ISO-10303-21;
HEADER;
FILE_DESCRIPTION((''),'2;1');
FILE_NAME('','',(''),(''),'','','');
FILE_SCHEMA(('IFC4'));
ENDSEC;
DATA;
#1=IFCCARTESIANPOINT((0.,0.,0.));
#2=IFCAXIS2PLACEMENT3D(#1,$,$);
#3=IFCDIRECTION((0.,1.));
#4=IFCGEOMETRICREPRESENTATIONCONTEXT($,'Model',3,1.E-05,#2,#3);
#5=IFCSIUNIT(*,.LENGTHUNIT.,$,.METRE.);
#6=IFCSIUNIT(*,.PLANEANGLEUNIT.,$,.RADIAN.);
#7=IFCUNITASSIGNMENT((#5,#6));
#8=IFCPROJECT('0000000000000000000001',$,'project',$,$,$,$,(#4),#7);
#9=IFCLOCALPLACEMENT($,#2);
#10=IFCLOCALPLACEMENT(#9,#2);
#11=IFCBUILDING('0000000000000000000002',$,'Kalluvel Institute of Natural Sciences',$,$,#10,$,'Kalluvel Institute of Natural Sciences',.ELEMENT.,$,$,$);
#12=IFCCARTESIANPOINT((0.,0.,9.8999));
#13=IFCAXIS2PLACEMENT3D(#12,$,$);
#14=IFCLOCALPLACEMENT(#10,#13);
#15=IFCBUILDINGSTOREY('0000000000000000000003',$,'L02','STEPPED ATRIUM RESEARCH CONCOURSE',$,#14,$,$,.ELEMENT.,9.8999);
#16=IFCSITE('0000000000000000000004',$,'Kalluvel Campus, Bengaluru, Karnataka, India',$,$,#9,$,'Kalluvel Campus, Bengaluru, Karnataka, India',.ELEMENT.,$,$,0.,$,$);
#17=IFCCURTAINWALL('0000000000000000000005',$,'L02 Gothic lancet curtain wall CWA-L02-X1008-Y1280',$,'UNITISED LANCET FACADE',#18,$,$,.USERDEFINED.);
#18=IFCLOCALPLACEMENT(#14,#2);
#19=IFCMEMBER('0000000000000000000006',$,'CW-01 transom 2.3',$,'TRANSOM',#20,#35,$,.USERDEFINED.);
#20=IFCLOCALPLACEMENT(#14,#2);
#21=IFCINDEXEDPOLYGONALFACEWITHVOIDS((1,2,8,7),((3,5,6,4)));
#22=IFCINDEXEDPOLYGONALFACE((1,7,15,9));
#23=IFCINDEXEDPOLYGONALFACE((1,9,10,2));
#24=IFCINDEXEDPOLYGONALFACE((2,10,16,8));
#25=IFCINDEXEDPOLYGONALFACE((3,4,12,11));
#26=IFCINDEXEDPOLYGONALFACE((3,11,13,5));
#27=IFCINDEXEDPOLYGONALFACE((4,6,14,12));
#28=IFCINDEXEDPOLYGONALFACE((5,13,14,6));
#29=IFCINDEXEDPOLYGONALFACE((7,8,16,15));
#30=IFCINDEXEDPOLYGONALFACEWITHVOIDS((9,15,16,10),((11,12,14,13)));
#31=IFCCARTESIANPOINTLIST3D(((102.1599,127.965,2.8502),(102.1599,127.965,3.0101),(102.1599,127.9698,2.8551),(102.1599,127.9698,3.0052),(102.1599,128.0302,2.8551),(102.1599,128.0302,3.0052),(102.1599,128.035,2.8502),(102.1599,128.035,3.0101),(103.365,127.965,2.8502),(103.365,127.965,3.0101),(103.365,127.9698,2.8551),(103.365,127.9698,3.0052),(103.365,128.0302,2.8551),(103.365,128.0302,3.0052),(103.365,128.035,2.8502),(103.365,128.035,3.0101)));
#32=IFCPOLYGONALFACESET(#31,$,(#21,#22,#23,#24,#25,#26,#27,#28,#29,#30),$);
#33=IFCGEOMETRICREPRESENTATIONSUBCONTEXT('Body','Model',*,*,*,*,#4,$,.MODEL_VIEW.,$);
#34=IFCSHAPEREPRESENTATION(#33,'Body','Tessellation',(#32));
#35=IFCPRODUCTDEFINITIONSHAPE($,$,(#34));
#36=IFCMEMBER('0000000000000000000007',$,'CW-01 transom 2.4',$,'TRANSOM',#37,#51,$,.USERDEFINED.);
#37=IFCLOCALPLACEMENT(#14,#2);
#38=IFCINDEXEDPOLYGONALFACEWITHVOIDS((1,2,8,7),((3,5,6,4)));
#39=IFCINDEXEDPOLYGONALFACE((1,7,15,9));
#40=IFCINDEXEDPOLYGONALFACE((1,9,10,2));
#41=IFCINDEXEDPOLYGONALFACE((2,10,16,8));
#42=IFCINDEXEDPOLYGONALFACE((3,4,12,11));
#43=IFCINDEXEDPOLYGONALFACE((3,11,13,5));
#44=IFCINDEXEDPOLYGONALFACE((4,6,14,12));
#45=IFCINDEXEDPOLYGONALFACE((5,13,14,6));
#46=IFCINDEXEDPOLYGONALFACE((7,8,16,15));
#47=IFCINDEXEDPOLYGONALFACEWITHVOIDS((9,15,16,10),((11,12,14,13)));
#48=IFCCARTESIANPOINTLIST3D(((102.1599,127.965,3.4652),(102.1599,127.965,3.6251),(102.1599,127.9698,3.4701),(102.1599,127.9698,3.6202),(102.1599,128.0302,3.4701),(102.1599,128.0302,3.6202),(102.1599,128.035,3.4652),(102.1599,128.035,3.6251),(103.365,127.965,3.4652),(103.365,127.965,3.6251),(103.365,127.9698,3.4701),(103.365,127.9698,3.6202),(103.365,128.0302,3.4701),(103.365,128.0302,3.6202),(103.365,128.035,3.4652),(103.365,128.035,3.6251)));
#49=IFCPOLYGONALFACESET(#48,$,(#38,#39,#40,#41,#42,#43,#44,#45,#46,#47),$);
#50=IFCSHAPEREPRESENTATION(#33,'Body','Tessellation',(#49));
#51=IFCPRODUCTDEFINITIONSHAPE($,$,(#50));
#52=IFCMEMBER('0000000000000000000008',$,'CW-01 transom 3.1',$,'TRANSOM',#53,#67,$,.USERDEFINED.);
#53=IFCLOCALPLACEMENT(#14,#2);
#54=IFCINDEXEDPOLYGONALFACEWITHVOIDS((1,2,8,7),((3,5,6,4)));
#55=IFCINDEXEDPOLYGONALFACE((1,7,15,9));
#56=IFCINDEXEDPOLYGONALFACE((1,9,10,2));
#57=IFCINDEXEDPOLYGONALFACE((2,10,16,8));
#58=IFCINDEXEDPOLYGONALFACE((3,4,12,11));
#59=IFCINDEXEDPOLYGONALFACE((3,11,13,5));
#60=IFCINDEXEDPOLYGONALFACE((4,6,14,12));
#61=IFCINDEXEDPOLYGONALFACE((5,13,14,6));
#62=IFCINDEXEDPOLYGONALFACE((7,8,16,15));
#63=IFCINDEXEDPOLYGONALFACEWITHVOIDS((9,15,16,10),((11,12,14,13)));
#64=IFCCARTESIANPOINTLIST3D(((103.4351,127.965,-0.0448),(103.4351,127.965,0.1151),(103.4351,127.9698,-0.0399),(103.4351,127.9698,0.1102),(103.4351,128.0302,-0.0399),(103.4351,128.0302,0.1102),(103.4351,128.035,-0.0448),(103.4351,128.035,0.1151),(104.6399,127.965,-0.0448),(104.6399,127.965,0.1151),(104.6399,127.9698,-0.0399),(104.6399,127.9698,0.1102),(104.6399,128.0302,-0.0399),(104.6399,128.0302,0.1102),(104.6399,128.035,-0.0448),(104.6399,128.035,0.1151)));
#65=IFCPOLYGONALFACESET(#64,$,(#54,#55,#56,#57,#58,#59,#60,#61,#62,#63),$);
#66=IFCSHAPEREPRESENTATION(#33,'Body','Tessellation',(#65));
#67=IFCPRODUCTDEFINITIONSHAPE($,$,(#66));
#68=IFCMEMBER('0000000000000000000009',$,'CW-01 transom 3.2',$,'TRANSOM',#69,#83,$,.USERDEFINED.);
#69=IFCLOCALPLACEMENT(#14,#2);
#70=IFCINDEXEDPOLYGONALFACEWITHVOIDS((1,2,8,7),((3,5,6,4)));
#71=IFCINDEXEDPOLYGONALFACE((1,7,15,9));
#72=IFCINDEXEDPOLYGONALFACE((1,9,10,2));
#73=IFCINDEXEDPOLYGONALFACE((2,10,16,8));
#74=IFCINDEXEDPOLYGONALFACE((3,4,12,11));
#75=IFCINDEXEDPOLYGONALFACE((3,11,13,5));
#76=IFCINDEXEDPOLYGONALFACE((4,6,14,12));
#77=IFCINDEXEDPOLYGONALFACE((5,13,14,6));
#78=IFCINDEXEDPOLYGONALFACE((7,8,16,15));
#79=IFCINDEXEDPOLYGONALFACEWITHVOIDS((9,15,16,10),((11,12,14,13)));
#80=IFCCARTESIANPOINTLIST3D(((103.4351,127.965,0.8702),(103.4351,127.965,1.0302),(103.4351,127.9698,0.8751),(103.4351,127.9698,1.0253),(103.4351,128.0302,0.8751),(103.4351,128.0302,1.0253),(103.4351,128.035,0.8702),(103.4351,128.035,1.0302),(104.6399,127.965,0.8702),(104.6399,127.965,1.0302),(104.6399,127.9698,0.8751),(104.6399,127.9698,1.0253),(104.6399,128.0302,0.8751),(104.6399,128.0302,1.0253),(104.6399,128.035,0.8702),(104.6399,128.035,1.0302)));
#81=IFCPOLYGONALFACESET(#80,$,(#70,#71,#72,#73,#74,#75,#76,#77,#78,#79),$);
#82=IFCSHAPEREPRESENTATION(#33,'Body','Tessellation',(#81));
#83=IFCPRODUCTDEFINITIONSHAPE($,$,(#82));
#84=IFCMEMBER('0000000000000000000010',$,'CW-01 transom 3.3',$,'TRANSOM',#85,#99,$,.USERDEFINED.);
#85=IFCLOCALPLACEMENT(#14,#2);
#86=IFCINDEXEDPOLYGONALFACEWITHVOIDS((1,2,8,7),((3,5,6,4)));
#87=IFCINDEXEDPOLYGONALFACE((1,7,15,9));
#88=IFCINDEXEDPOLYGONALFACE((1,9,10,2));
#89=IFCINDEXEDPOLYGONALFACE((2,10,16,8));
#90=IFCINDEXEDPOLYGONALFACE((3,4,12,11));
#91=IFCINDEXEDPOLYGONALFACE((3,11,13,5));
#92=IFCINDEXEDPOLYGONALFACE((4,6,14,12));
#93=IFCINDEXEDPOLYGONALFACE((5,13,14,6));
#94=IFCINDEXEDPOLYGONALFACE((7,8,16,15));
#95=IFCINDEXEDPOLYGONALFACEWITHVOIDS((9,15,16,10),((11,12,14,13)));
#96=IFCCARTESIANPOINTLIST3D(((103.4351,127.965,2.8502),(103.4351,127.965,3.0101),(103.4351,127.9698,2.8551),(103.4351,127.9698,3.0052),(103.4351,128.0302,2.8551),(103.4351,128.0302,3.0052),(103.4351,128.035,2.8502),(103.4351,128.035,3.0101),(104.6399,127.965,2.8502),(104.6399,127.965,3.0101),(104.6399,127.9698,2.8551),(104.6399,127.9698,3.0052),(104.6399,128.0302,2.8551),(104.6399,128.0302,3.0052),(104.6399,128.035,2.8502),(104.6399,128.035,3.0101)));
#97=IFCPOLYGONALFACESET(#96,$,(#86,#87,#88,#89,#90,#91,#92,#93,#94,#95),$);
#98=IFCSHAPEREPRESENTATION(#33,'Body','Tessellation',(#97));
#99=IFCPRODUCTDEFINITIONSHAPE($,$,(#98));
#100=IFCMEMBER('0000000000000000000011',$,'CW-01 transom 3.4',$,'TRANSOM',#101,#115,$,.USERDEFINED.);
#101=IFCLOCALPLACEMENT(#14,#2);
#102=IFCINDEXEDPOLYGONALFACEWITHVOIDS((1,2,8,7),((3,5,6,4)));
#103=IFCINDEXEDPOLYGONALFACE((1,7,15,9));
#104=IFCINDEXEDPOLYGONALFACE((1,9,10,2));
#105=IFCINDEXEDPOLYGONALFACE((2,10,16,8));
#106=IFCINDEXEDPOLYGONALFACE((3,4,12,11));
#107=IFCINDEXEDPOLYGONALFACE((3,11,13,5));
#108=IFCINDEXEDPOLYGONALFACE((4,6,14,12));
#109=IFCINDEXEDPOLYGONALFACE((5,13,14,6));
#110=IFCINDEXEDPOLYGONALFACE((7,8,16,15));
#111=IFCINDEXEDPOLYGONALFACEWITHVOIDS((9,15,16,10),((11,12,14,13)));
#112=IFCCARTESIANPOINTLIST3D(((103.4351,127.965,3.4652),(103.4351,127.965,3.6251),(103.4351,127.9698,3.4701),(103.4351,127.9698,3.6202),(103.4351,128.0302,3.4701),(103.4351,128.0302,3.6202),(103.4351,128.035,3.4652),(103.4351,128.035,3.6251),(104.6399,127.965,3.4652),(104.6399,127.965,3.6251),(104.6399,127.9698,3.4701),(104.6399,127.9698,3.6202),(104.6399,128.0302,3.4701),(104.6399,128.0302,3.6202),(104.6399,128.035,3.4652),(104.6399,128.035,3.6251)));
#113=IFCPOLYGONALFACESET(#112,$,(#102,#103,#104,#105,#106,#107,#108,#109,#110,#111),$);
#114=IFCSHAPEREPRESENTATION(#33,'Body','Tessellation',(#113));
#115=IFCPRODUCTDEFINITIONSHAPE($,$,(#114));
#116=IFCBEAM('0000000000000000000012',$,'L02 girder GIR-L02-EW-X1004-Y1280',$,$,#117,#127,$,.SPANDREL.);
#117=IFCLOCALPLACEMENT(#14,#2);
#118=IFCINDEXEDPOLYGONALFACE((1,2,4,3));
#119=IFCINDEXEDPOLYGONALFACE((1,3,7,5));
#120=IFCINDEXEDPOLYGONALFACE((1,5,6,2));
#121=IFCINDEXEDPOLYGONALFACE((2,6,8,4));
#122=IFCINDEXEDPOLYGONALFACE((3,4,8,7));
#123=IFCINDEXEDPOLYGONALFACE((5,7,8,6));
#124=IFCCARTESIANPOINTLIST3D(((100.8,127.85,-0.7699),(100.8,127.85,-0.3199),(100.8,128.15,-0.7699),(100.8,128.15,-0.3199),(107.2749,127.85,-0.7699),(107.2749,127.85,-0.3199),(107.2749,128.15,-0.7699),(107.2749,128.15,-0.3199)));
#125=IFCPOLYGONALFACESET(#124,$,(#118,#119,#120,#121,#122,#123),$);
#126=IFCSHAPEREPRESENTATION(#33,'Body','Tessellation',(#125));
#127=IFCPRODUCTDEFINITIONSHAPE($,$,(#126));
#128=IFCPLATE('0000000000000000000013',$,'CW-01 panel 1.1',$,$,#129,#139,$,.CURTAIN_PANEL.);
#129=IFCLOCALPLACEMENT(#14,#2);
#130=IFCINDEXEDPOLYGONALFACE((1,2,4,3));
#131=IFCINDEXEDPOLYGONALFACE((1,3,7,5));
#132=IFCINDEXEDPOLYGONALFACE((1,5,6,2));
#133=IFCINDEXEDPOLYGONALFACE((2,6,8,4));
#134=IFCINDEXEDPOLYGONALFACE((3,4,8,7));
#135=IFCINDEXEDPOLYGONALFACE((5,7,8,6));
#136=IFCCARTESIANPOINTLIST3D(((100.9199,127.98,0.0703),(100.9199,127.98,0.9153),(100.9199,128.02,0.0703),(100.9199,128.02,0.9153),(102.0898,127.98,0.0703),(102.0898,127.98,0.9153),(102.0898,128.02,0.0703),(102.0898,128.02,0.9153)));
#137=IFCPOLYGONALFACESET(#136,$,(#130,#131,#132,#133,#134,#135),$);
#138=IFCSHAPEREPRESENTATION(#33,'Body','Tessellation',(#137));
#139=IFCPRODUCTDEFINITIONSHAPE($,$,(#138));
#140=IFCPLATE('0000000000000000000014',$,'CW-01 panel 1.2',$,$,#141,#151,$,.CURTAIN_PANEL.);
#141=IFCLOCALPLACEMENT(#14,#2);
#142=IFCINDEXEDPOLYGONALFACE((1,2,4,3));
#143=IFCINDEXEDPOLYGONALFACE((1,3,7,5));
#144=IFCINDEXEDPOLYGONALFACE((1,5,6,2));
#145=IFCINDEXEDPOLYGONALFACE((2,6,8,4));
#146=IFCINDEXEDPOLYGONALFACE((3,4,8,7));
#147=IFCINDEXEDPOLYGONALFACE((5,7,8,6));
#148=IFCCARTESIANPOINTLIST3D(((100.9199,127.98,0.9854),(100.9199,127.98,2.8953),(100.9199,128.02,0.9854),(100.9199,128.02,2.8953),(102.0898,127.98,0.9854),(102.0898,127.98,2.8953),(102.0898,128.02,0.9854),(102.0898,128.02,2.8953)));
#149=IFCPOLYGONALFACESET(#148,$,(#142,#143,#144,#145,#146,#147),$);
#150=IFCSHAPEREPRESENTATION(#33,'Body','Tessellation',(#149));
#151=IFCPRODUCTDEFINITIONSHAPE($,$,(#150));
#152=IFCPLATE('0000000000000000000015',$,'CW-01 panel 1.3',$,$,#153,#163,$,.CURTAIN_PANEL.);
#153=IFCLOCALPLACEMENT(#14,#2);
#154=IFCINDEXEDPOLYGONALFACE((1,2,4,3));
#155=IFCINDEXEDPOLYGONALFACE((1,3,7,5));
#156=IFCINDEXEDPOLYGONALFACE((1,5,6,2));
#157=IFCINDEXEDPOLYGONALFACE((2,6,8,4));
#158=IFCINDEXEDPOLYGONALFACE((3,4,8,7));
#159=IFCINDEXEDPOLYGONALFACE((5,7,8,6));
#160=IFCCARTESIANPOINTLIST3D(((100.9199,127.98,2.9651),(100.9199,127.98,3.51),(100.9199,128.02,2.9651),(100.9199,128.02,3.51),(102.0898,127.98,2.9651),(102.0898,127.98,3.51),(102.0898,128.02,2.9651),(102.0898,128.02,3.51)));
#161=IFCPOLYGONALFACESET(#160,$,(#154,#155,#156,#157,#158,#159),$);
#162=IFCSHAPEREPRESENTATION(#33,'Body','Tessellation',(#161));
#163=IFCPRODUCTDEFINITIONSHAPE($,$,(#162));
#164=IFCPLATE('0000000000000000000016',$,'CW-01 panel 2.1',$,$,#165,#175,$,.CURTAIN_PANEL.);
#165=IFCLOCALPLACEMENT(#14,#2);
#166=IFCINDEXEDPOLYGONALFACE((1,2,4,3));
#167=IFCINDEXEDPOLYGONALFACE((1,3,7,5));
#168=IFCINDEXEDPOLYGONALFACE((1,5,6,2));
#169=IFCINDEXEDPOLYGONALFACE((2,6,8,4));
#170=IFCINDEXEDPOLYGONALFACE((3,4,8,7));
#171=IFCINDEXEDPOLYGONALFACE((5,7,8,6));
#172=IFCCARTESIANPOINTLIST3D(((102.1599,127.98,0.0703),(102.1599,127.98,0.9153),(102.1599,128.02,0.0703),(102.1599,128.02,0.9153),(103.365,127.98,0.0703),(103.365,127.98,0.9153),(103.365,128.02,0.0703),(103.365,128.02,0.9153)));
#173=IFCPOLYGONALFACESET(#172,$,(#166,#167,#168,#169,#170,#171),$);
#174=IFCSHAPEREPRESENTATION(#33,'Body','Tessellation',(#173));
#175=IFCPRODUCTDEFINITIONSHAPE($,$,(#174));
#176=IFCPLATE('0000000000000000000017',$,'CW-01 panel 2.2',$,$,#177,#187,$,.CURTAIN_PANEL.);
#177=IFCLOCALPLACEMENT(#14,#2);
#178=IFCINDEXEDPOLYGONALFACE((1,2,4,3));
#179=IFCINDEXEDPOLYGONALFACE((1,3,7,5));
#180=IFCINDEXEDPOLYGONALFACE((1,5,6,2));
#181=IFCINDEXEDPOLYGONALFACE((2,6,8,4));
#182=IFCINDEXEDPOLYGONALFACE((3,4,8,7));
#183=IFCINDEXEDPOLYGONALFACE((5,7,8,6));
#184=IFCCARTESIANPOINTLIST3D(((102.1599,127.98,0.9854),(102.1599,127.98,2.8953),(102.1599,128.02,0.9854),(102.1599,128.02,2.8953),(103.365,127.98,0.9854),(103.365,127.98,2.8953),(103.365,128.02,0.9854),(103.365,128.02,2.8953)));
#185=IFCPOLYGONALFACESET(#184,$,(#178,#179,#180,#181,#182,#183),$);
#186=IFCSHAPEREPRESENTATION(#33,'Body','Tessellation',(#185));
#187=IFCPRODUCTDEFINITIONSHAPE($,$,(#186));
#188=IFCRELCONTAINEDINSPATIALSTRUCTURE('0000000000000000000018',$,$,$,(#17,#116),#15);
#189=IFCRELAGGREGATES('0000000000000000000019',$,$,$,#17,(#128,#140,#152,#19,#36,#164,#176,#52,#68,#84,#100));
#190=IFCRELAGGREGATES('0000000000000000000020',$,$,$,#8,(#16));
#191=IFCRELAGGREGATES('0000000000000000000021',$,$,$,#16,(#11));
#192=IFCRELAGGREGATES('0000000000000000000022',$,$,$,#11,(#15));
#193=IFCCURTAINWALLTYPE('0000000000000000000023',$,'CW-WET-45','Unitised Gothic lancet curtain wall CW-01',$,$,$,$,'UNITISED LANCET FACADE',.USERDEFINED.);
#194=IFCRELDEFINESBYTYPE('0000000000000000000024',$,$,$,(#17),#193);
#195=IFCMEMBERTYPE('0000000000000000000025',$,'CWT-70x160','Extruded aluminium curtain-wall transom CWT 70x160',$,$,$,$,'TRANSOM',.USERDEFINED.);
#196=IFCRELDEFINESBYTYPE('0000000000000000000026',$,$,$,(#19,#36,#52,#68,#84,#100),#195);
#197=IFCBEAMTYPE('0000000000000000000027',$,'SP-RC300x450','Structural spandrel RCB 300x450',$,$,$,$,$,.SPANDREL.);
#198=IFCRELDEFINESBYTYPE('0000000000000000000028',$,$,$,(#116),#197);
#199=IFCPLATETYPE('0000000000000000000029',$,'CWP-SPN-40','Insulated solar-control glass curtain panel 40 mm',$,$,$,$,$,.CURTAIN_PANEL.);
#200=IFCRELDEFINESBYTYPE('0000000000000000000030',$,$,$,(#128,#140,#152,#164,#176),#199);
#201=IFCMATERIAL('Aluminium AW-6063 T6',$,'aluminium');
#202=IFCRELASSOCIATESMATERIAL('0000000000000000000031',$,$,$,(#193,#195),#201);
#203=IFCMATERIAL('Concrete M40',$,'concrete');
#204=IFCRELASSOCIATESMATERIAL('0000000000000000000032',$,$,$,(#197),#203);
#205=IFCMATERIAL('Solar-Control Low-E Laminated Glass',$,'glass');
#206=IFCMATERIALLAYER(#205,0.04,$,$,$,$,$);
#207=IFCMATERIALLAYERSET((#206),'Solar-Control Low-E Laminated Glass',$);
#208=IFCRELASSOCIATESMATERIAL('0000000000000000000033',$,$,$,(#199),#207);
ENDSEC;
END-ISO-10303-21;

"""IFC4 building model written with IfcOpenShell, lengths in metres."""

from ifc_helpers import new_model, si_unit, direction, frame, origin, origin_2d, place, context, subcontext, project, spatial, rectangle, hollow_rectangle, extrude, material, layer, layer_set, material_profile, profile_set, type_object, element, aggregate, save


model = new_model("IFC4")

# Units and contexts
model_context = context("Model", 3, precision=1e-05, world=origin(), true_north=direction((0.0, 1.0)))
body_context = subcontext(model_context, "Body", "Model", "MODEL_VIEW")
ifc_project = project(units=[si_unit("LENGTHUNIT", "METRE"), si_unit("PLANEANGLEUNIT", "RADIAN")], contexts=[model_context])

# Site, building, storey
site_placement = place(None, origin())
site = spatial("IfcSite", under=ifc_project, at=site_placement, Name="Kalluvel Campus, Bengaluru, Karnataka, India", LongName="Kalluvel Campus, Bengaluru, Karnataka, India", CompositionType="ELEMENT", RefElevation=0.0)
building_placement = place(site_placement, origin())
building = spatial("IfcBuilding", under=site, at=building_placement, Name="Kalluvel Institute of Natural Sciences", LongName="Kalluvel Institute of Natural Sciences", CompositionType="ELEMENT")
storey_placement = place(building_placement, frame((0.0, 0.0, 9.8999)))
storey = spatial("IfcBuildingStorey", under=building, at=storey_placement, Name="L02", Description="STEPPED ATRIUM RESEARCH CONCOURSE", CompositionType="ELEMENT", Elevation=9.8999)

# Curtain wall, members
ifc_material_1 = material(Name="Aluminium AW-6063 T6", Category="aluminium")
curtain_wall_type = type_object("IfcCurtainWallType", Name="CW-WET-45", Description="Unitised Gothic lancet curtain wall CW-01", ElementType="UNITISED LANCET FACADE", PredefinedType="USERDEFINED", material=ifc_material_1)
curtain_wall_placement = place(storey_placement, origin())
curtain_wall = element("IfcCurtainWall", 1, at=curtain_wall_placement, inside=storey, type_object=curtain_wall_type, Name="L02 Gothic lancet curtain wall CWA-L02-X1008-Y1280", ObjectType="UNITISED LANCET FACADE", PredefinedType="USERDEFINED")
ifc_material_profile_1 = material_profile(ifc_material_1, hollow_rectangle(XDim=0.0701, YDim=0.1599, WallThickness=0.0049, at=origin_2d()), Name="CWT 70x160")
ifc_profile_set_1 = profile_set([ifc_material_profile_1], Name="Aluminium AW-6063 T6")
member_type_1 = type_object("IfcMemberType", Name="CWT-70x160", Description="Extruded aluminium curtain-wall transom CWT 70x160", ElementType="TRANSOM", PredefinedType="USERDEFINED", material=ifc_profile_set_1)
member_1_placement = place(storey_placement, frame((102.1599, 128.0, 2.9302), z_axis=(1.0, 0.0, 0.0), x_axis=(0.0, 1.0, 0.0)))
member_1 = element("IfcMember", 2, at=member_1_placement, type_object=member_type_1, Name="CW-01 transom 2.3", ObjectType="TRANSOM", PredefinedType="USERDEFINED", context=body_context, shape_type="SweptSolid", body=[
    extrude(hollow_rectangle(XDim=0.0701, YDim=0.1599, WallThickness=0.0049, at=origin_2d()), origin(), (0.0, 0.0, 1.0), 1.2051),
])
member_2_placement = place(storey_placement, frame((102.1599, 128.0, 3.5452), z_axis=(1.0, 0.0, 0.0), x_axis=(0.0, 1.0, 0.0)))
member_2 = element("IfcMember", 3, at=member_2_placement, type_object=member_type_1, Name="CW-01 transom 2.4", ObjectType="TRANSOM", PredefinedType="USERDEFINED", context=body_context, shape_type="SweptSolid", body=[
    extrude(hollow_rectangle(XDim=0.0701, YDim=0.1599, WallThickness=0.0049, at=origin_2d()), origin(), (0.0, 0.0, 1.0), 1.2051),
])
member_3_placement = place(storey_placement, frame((103.4351, 128.0, 0.0352), z_axis=(1.0, 0.0, 0.0), x_axis=(0.0, 1.0, 0.0)))
member_3 = element("IfcMember", 4, at=member_3_placement, type_object=member_type_1, Name="CW-01 transom 3.1", ObjectType="TRANSOM", PredefinedType="USERDEFINED", context=body_context, shape_type="SweptSolid", body=[
    extrude(hollow_rectangle(XDim=0.0701, YDim=0.1599, WallThickness=0.0049, at=origin_2d()), origin(), (0.0, 0.0, 1.0), 1.2048),
])
member_4_placement = place(storey_placement, frame((103.4351, 128.0, 0.9502), z_axis=(1.0, 0.0, 0.0), x_axis=(0.0, 1.0, 0.0)))
member_4 = element("IfcMember", 5, at=member_4_placement, type_object=member_type_1, Name="CW-01 transom 3.2", ObjectType="TRANSOM", PredefinedType="USERDEFINED", context=body_context, shape_type="SweptSolid", body=[
    extrude(hollow_rectangle(XDim=0.0701, YDim=0.1599, WallThickness=0.0049, at=origin_2d()), origin(), (0.0, 0.0, 1.0), 1.2048),
])
member_5_placement = place(storey_placement, frame((103.4351, 128.0, 2.9302), z_axis=(1.0, 0.0, 0.0), x_axis=(0.0, 1.0, 0.0)))
member_5 = element("IfcMember", 6, at=member_5_placement, type_object=member_type_1, Name="CW-01 transom 3.3", ObjectType="TRANSOM", PredefinedType="USERDEFINED", context=body_context, shape_type="SweptSolid", body=[
    extrude(hollow_rectangle(XDim=0.0701, YDim=0.1599, WallThickness=0.0049, at=origin_2d()), origin(), (0.0, 0.0, 1.0), 1.2048),
])
member_6_placement = place(storey_placement, frame((103.4351, 128.0, 3.5452), z_axis=(1.0, 0.0, 0.0), x_axis=(0.0, 1.0, 0.0)))
member_6 = element("IfcMember", 7, at=member_6_placement, type_object=member_type_1, Name="CW-01 transom 3.4", ObjectType="TRANSOM", PredefinedType="USERDEFINED", context=body_context, shape_type="SweptSolid", body=[
    extrude(hollow_rectangle(XDim=0.0701, YDim=0.1599, WallThickness=0.0049, at=origin_2d()), origin(), (0.0, 0.0, 1.0), 1.2048),
])

# Beam
ifc_material_2 = material(Name="Concrete M40", Category="concrete")
ifc_material_profile_2 = material_profile(ifc_material_2, rectangle(XDim=0.3, YDim=0.45, at=origin_2d()), Name="RCB 300x450")
ifc_profile_set_2 = profile_set([ifc_material_profile_2], Name="Concrete M40")
beam_type = type_object("IfcBeamType", Name="SP-RC300x450", Description="Structural spandrel RCB 300x450", PredefinedType="SPANDREL", material=ifc_profile_set_2)
beam_placement = place(storey_placement, frame((100.8, 128.0, -0.5449), z_axis=(1.0, 0.0, 0.0), x_axis=(0.0, 1.0, 0.0)))
element("IfcBeam", 8, at=beam_placement, inside=storey, type_object=beam_type, Name="L02 girder GIR-L02-EW-X1004-Y1280", PredefinedType="SPANDREL", context=body_context, shape_type="SweptSolid", body=[
    extrude(rectangle(XDim=0.3, YDim=0.45, at=origin_2d()), origin(), (0.0, 0.0, 1.0), 6.4749),
])

# Plates
ifc_material_3 = material(Name="Solar-Control Low-E Laminated Glass", Category="glass")
ifc_layer = layer(ifc_material_3, 0.04)
ifc_layer_set = layer_set([ifc_layer], Name="Solar-Control Low-E Laminated Glass")
plate_type = type_object("IfcPlateType", Name="CWP-SPN-40", Description="Insulated solar-control glass curtain panel 40 mm", PredefinedType="CURTAIN_PANEL", material=ifc_layer_set)
plate_1_placement = place(storey_placement, frame((101.5049, 128.0, 0.0703), z_axis=(0.0, 0.0, 1.0), x_axis=(1.0, 0.0, 0.0)))
plate_1 = element("IfcPlate", 9, at=plate_1_placement, type_object=plate_type, Name="CW-01 panel 1.1", PredefinedType="CURTAIN_PANEL", context=body_context, shape_type="SweptSolid", body=[
    extrude(rectangle(XDim=1.1699, YDim=0.04, at=origin_2d()), origin(), (0.0, 0.0, 1.0), 0.845),
])
plate_2_placement = place(storey_placement, frame((101.5049, 128.0, 0.9854), z_axis=(0.0, 0.0, 1.0), x_axis=(1.0, 0.0, 0.0)))
plate_2 = element("IfcPlate", 10, at=plate_2_placement, type_object=plate_type, Name="CW-01 panel 1.2", PredefinedType="CURTAIN_PANEL", context=body_context, shape_type="SweptSolid", body=[
    extrude(rectangle(XDim=1.1699, YDim=0.04, at=origin_2d()), origin(), (0.0, 0.0, 1.0), 1.9099),
])
plate_3_placement = place(storey_placement, frame((101.5049, 128.0, 2.9651), z_axis=(0.0, 0.0, 1.0), x_axis=(1.0, 0.0, 0.0)))
plate_3 = element("IfcPlate", 11, at=plate_3_placement, type_object=plate_type, Name="CW-01 panel 1.3", PredefinedType="CURTAIN_PANEL", context=body_context, shape_type="SweptSolid", body=[
    extrude(rectangle(XDim=1.1699, YDim=0.04, at=origin_2d()), origin(), (0.0, 0.0, 1.0), 0.5449),
])
plate_4_placement = place(storey_placement, frame((102.7625, 128.0, 0.0703), z_axis=(0.0, 0.0, 1.0), x_axis=(1.0, 0.0, 0.0)))
plate_4 = element("IfcPlate", 12, at=plate_4_placement, type_object=plate_type, Name="CW-01 panel 2.1", PredefinedType="CURTAIN_PANEL", context=body_context, shape_type="SweptSolid", body=[
    extrude(rectangle(XDim=1.2051, YDim=0.04, at=origin_2d()), origin(), (0.0, 0.0, 1.0), 0.845),
])
plate_5_placement = place(storey_placement, frame((102.7625, 128.0, 0.9854), z_axis=(0.0, 0.0, 1.0), x_axis=(1.0, 0.0, 0.0)))
plate_5 = element("IfcPlate", 13, at=plate_5_placement, type_object=plate_type, Name="CW-01 panel 2.2", PredefinedType="CURTAIN_PANEL", context=body_context, shape_type="SweptSolid", body=[
    extrude(rectangle(XDim=1.2051, YDim=0.04, at=origin_2d()), origin(), (0.0, 0.0, 1.0), 1.9099),
])
aggregate(curtain_wall, [plate_1, plate_2, plate_3, member_1, member_2, plate_4, plate_5, member_3, member_4, member_5, member_6])

save(model, "model.ifc")
